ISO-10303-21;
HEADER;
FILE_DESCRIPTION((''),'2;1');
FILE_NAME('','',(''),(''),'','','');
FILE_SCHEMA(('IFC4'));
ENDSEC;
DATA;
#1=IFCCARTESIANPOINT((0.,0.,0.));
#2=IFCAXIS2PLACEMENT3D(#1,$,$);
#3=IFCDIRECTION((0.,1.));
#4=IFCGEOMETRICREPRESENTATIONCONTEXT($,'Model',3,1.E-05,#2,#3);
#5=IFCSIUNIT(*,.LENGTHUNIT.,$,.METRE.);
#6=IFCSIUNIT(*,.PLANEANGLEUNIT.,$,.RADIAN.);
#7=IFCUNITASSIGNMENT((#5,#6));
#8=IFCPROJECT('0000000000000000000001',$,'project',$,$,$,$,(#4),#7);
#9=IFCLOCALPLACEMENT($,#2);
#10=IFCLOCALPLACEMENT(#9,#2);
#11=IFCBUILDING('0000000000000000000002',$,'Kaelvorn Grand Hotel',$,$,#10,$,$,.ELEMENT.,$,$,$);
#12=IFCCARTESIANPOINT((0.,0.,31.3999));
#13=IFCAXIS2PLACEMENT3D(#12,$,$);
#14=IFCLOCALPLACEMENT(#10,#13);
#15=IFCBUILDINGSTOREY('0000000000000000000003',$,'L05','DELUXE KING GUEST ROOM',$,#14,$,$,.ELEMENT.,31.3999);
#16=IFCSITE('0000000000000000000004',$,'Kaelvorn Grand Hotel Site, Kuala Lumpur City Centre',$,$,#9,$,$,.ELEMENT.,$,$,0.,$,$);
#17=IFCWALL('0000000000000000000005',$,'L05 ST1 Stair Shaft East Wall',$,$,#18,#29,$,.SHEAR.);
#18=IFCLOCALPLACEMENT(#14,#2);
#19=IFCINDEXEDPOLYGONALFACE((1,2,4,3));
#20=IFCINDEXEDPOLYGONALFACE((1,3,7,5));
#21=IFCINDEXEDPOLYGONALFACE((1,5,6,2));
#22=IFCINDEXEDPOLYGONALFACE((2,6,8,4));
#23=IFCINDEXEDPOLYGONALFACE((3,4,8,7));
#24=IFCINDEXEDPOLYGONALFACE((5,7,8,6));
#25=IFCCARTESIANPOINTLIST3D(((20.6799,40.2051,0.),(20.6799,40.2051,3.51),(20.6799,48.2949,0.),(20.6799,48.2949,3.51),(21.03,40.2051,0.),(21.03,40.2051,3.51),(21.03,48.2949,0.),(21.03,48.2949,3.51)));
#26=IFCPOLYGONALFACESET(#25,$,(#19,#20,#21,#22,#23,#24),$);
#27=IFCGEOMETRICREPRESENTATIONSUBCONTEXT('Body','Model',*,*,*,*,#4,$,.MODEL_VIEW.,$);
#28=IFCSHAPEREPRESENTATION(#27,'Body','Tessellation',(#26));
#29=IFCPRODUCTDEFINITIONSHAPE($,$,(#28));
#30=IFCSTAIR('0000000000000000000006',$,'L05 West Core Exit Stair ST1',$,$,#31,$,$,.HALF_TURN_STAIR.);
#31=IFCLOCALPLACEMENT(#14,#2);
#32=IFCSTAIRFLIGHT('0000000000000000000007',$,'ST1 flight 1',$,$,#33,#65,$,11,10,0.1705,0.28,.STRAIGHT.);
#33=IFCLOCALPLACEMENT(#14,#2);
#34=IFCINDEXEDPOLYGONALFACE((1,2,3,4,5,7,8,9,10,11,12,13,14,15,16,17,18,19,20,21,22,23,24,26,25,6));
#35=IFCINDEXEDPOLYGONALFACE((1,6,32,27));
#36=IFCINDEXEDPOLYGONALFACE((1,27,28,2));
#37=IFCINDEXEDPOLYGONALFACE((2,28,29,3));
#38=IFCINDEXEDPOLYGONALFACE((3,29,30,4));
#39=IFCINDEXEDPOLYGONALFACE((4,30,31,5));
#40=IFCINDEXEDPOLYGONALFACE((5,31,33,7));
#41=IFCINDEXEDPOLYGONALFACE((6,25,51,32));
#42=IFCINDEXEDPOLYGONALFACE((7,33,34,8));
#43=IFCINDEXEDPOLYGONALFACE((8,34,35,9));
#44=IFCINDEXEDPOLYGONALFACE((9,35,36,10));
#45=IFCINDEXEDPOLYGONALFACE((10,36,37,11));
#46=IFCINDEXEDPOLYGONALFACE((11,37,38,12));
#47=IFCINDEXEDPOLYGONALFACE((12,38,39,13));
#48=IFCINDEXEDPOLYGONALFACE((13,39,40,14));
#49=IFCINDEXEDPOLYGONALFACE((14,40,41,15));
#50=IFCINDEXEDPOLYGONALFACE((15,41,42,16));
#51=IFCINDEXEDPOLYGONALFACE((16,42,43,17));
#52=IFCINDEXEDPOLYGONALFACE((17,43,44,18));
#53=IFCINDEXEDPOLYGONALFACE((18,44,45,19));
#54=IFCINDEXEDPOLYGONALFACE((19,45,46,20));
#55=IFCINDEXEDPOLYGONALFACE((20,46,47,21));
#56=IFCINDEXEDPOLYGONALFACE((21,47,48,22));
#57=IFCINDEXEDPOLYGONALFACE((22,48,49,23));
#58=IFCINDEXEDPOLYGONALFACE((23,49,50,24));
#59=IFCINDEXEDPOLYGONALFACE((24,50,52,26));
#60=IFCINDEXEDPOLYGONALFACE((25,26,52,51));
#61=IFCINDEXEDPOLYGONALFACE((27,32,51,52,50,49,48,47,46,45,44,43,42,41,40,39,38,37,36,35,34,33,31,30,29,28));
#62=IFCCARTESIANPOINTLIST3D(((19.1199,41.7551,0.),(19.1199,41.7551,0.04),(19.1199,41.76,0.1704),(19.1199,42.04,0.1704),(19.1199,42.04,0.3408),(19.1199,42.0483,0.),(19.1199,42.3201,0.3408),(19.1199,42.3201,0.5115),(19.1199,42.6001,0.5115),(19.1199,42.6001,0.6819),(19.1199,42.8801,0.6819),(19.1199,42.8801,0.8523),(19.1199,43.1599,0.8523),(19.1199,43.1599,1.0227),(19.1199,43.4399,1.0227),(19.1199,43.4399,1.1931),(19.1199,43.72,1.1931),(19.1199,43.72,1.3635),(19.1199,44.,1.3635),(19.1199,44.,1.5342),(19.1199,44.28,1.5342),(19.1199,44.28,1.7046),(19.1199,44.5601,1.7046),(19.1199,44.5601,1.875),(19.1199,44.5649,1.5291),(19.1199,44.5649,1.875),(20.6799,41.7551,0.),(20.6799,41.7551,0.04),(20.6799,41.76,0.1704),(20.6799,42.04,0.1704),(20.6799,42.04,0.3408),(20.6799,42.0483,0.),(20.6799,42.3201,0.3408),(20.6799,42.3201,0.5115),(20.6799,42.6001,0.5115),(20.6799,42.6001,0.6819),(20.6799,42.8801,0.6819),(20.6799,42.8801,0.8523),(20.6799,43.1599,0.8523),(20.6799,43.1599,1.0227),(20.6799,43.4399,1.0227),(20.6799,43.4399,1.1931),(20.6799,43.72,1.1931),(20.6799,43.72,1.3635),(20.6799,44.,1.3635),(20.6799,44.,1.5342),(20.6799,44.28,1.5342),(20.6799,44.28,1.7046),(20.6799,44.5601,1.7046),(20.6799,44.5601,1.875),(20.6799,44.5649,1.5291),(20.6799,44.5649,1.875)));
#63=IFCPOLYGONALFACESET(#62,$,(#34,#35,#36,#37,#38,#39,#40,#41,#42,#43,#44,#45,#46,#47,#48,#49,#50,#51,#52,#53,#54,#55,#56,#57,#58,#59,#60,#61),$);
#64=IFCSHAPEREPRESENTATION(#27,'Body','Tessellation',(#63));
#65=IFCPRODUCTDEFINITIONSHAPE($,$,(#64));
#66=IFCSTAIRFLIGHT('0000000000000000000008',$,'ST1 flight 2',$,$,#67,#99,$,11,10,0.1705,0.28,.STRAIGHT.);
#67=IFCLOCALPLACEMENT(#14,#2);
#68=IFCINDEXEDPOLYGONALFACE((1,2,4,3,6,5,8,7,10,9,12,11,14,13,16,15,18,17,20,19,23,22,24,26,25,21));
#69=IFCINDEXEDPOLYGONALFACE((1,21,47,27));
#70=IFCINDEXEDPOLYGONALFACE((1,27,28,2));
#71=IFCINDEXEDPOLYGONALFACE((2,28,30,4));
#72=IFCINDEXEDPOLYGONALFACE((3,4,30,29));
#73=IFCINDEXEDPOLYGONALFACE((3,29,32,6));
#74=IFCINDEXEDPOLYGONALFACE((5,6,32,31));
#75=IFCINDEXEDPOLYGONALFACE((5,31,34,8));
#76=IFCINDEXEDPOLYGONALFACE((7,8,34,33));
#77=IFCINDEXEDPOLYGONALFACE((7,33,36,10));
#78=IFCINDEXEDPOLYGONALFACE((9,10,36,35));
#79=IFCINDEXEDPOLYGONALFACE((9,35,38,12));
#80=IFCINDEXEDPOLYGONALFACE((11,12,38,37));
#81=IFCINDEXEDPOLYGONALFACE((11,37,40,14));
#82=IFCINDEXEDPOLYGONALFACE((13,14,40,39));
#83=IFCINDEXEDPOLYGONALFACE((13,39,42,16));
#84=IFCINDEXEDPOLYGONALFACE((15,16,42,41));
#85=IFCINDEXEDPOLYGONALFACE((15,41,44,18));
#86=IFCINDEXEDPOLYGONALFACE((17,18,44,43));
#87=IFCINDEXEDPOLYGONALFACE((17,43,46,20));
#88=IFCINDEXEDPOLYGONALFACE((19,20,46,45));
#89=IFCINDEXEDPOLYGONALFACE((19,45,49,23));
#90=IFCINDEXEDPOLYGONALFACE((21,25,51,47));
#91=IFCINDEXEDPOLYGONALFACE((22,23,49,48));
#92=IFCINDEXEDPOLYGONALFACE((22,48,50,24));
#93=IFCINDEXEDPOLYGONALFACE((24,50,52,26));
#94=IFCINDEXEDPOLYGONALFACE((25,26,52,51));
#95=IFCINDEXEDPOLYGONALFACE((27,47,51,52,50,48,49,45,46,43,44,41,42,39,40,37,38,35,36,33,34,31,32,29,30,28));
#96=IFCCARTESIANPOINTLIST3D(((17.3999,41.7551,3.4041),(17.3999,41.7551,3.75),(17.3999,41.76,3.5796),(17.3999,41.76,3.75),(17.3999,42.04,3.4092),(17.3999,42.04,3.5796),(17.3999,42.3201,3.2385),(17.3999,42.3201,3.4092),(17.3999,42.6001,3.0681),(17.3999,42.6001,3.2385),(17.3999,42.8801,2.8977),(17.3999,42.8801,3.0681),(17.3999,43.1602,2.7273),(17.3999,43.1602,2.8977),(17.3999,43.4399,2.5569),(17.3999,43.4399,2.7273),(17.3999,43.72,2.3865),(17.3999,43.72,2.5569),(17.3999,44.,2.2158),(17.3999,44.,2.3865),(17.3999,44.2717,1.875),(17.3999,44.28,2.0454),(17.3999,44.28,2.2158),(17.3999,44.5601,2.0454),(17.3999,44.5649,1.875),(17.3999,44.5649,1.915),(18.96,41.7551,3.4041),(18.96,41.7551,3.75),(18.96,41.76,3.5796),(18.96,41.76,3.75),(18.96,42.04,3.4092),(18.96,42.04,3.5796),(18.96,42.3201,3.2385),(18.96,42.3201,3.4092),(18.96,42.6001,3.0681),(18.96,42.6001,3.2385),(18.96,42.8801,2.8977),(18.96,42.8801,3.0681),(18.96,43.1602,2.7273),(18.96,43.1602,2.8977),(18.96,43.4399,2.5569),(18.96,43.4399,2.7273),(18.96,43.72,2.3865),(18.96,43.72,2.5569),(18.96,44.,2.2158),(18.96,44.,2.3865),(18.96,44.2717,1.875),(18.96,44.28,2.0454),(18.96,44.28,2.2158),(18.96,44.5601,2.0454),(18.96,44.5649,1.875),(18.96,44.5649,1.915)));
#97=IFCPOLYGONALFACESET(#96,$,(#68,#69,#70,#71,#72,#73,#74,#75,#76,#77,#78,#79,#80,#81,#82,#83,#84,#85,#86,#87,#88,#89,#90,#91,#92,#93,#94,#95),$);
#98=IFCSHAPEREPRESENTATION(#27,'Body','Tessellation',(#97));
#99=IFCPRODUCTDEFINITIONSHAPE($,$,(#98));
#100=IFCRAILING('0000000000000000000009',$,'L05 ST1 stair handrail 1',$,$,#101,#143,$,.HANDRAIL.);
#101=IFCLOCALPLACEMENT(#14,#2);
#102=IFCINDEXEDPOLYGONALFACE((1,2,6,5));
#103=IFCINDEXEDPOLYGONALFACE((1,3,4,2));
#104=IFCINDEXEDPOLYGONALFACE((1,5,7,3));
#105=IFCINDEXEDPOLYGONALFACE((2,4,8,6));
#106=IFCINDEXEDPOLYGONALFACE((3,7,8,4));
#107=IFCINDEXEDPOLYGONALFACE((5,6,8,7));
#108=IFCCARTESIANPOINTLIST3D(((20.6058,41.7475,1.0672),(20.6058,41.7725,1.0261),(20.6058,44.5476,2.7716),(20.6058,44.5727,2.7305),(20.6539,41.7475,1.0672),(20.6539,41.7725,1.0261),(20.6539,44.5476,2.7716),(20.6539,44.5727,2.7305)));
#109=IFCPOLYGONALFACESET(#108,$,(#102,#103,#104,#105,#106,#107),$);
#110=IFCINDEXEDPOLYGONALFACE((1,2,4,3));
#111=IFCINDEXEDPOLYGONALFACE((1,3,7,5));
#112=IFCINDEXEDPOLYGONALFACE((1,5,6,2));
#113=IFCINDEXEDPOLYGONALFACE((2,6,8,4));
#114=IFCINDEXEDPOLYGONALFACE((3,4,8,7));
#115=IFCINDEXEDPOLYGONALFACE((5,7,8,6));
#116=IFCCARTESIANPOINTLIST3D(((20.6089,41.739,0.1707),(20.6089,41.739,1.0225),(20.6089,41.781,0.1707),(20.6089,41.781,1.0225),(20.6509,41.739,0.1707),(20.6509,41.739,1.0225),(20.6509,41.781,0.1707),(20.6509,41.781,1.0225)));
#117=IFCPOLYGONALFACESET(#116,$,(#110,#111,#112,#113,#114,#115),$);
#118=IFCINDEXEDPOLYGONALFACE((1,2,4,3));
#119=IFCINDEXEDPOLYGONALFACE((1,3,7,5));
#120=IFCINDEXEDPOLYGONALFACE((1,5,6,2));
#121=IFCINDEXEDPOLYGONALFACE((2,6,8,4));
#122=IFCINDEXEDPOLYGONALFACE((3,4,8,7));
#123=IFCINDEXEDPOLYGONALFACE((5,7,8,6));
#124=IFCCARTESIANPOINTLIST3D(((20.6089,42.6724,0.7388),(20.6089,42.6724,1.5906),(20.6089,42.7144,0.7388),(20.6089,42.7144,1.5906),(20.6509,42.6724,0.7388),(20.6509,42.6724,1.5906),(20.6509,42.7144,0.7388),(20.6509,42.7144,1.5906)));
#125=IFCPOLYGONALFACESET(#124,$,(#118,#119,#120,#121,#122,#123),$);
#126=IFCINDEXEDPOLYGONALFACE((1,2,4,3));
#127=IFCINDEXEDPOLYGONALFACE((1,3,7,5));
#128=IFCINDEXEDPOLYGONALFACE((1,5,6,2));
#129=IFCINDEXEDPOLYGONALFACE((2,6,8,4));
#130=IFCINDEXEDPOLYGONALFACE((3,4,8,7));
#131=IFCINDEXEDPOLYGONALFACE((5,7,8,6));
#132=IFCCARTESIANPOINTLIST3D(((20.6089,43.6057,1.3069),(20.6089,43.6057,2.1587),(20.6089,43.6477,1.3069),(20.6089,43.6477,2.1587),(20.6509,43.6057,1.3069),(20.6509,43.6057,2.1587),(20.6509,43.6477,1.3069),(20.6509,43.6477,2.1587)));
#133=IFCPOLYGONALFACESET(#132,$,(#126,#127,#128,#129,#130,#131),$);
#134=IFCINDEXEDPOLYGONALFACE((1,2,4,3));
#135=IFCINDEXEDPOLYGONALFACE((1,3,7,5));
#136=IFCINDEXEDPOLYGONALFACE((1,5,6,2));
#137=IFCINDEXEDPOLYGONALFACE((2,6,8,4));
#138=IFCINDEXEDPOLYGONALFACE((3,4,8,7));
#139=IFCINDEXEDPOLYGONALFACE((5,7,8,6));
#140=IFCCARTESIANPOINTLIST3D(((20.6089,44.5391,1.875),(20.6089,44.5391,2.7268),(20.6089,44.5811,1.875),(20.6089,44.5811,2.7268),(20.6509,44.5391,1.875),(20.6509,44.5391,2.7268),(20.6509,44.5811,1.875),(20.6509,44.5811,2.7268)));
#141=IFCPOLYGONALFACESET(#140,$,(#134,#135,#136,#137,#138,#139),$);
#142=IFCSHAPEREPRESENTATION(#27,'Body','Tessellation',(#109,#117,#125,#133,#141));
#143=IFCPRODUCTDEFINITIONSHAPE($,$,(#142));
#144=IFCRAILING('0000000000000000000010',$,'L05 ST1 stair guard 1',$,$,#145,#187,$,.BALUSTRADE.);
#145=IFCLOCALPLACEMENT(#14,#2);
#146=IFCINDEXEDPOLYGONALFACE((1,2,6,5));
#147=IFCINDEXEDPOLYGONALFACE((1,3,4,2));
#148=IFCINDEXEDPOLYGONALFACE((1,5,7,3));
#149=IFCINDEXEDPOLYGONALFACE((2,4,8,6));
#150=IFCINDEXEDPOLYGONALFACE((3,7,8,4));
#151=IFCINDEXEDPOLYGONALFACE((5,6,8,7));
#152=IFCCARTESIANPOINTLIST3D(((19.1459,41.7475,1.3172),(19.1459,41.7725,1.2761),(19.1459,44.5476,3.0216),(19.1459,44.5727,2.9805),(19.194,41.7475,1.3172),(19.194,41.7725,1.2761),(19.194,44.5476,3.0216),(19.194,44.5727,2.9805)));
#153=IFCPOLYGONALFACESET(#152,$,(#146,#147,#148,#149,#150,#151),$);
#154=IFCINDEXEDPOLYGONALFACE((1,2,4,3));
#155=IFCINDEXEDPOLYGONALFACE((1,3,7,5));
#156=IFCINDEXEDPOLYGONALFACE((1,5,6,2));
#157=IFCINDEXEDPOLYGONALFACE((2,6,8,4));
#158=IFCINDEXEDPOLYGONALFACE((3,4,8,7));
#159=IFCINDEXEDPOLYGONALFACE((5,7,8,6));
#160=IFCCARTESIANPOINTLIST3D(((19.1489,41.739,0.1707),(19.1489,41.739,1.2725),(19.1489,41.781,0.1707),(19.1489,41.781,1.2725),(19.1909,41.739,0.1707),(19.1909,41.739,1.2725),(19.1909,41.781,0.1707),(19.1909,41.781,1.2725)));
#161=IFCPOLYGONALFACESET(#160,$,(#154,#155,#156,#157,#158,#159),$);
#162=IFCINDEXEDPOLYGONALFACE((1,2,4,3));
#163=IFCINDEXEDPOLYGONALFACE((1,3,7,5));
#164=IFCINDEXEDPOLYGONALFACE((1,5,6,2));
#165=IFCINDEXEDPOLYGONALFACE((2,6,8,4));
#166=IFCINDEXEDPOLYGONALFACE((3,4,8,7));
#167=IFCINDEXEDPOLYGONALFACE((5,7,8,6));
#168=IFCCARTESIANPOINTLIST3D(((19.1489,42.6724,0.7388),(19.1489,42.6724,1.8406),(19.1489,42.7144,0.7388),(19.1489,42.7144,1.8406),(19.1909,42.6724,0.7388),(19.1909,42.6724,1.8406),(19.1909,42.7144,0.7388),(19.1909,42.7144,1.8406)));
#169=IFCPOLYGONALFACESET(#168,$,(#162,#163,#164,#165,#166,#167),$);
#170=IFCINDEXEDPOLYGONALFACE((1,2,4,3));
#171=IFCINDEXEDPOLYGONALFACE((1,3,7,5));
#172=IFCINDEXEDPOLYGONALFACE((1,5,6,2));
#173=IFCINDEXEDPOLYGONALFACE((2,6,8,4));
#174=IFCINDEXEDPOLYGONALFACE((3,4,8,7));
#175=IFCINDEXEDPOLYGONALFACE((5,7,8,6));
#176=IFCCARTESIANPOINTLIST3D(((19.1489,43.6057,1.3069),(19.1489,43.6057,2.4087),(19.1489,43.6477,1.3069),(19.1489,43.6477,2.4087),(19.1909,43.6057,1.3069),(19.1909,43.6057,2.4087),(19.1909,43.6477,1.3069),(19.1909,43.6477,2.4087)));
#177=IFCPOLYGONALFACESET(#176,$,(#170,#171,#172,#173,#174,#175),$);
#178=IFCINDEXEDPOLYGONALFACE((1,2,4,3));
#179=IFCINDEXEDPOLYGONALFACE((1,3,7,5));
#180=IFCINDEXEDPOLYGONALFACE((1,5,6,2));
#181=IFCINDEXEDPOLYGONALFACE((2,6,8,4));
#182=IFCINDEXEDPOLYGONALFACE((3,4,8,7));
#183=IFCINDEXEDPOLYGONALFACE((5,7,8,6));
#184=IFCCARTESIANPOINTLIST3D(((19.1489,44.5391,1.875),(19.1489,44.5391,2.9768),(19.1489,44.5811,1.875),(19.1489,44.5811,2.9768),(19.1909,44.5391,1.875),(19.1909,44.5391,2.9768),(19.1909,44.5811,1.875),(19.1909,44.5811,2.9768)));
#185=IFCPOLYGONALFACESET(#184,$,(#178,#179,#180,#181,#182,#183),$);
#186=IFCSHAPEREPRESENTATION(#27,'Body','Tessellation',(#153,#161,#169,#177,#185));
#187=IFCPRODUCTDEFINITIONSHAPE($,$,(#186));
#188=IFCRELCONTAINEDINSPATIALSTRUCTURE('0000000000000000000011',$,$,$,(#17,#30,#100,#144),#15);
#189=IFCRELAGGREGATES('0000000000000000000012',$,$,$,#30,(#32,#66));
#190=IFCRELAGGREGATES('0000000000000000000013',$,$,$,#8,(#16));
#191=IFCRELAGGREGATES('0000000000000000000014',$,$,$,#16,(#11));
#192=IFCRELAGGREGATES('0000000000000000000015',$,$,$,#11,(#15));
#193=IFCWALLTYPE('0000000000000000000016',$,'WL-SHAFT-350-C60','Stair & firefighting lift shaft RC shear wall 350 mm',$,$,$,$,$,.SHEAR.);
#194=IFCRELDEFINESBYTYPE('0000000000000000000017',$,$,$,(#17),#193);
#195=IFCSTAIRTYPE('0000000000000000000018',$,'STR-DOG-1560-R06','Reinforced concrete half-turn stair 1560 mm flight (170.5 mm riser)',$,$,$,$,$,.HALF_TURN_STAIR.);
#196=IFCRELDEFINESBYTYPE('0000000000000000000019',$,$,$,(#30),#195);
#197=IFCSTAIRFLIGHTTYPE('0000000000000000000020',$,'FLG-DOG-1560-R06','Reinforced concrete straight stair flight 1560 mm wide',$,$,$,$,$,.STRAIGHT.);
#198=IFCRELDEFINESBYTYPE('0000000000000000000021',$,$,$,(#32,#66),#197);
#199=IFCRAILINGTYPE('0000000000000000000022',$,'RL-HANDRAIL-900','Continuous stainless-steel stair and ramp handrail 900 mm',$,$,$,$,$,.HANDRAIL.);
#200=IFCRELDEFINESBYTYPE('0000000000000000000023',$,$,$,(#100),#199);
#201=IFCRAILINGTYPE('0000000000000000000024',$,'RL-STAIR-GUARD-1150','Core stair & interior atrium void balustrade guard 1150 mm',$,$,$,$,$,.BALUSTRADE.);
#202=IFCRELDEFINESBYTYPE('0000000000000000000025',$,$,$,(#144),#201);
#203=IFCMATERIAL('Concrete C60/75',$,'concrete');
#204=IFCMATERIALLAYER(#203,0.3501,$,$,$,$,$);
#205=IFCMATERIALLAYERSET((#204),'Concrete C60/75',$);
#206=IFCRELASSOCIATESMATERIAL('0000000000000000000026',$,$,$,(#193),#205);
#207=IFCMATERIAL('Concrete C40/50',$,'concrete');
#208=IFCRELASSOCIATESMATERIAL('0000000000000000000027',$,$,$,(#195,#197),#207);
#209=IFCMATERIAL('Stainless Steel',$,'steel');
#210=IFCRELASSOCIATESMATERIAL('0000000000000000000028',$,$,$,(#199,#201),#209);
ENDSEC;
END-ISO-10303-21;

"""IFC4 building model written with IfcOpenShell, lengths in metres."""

from ifc_helpers import new_model, si_unit, direction, frame, frame_2d, origin, origin_2d, place, context, subcontext, project, spatial, polyline, rectangle, outline, extrude, material, layer, layer_set, type_object, element, aggregate, save


model = new_model("IFC4")

# Units and contexts
model_context = context("Model", 3, precision=1e-05, world=origin(), true_north=direction((0.0, 1.0)))
body_context = subcontext(model_context, "Body", "Model", "MODEL_VIEW")
ifc_project = project(units=[si_unit("LENGTHUNIT", "METRE"), si_unit("PLANEANGLEUNIT", "RADIAN")], contexts=[model_context])

# Site, building, storey
site_placement = place(None, origin())
site = spatial("IfcSite", under=ifc_project, at=site_placement, Name="Kaelvorn Grand Hotel Site, Kuala Lumpur City Centre", CompositionType="ELEMENT", RefElevation=0.0)
building_placement = place(site_placement, origin())
building = spatial("IfcBuilding", under=site, at=building_placement, Name="Kaelvorn Grand Hotel", CompositionType="ELEMENT")
storey_placement = place(building_placement, frame((0.0, 0.0, 31.3999)))
storey = spatial("IfcBuildingStorey", under=building, at=storey_placement, Name="L05", Description="DELUXE KING GUEST ROOM", CompositionType="ELEMENT", Elevation=31.3999)

# Shared definitions
ifc_material_1 = material(Name="Concrete C40/50", Category="concrete")

# Shared definitions
ifc_material_2 = material(Name="Stainless Steel", Category="steel")

# Wall
ifc_material_3 = material(Name="Concrete C60/75", Category="concrete")
ifc_layer_1 = layer(ifc_material_3, 0.3501)
ifc_layer_set_1 = layer_set([ifc_layer_1], Name="Concrete C60/75")
wall_type_1 = type_object("IfcWallType", Name="WL-SHAFT-350-C60", Description="Stair & firefighting lift shaft RC shear wall 350 mm", PredefinedType="SHEAR", material=ifc_layer_set_1)
wall_1_placement = place(storey_placement, frame((20.855, 40.2051, 0.0), z_axis=(0.0, 0.0, 1.0), x_axis=(0.0, 1.0, 0.0)))
element("IfcWall", 1, at=wall_1_placement, inside=storey, type_object=wall_type_1, Name="L05 ST1 Stair Shaft East Wall", PredefinedType="SHEAR", context=body_context, shape_type="SweptSolid", body=[
    extrude(rectangle(XDim=8.0898, YDim=0.3501, at=frame_2d((4.0449, 0.0))), origin(), (0.0, 0.0, 1.0), 3.51),
])

# Stair, stair flights
stair_type = type_object("IfcStairType", Name="STR-DOG-1560-R06", Description="Reinforced concrete half-turn stair 1560 mm flight (170.5 mm riser)", PredefinedType="HALF_TURN_STAIR", material=ifc_material_1)
stair_placement = place(storey_placement, origin())
stair = element("IfcStair", 2, at=stair_placement, inside=storey, type_object=stair_type, Name="L05 West Core Exit Stair ST1", PredefinedType="HALF_TURN_STAIR")
stair_flight_type = type_object("IfcStairFlightType", Name="FLG-DOG-1560-R06", Description="Reinforced concrete straight stair flight 1560 mm wide", PredefinedType="STRAIGHT", material=ifc_material_1)
stair_flight_1_placement = place(storey_placement, frame((19.8999, 41.76, 0.0), z_axis=(0.0, 0.0, 1.0), x_axis=(0.0, 1.0, 0.0)))
stair_flight_1 = element("IfcStairFlight", 3, at=stair_flight_1_placement, type_object=stair_flight_type, Name="ST1 flight 1", NumberOfRisers=11, NumberOfTreads=10, PredefinedType="STRAIGHT", RiserHeight=0.1705, TreadLength=0.28, context=body_context, shape_type="SweptSolid", body=[
    extrude(outline(polyline([(-0.0049, 0.0), (-0.0049, 0.04), (0.0, 0.1704), (0.28, 0.1704), (0.28, 0.3408), (0.5601, 0.3408), (0.5601, 0.5115), (0.8401, 0.5115), (0.8401, 0.6819), (1.1201, 0.6819), (1.1201, 0.8523), (1.3999, 0.8523), (1.3999, 1.0227), (1.6799, 1.0227), (1.6799, 1.1931), (1.96, 1.1931), (1.96, 1.3635), (2.24, 1.3635), (2.24, 1.5342), (2.52, 1.5342), (2.52, 1.7046), (2.8, 1.7046), (2.8, 1.875), (2.8049, 1.875), (2.8049, 1.5291), (0.2883, 0.0), (-0.0049, 0.0)])), frame((0.0, 0.78, 0.0), z_axis=(0.0, -1.0, 0.0), x_axis=(1.0, 0.0, 0.0)), (0.0, 0.0, 1.0), 1.5601),
])
stair_flight_2_placement = place(storey_placement, frame((18.1799, 44.5601, 1.875), z_axis=(0.0, 0.0, 1.0), x_axis=(0.0, -1.0, 0.0)))
stair_flight_2 = element("IfcStairFlight", 4, at=stair_flight_2_placement, type_object=stair_flight_type, Name="ST1 flight 2", NumberOfRisers=11, NumberOfTreads=10, PredefinedType="STRAIGHT", RiserHeight=0.1705, TreadLength=0.28, context=body_context, shape_type="SweptSolid", body=[
    extrude(outline(polyline([(-0.0049, 0.0), (-0.0049, 0.04), (0.0, 0.1704), (0.28, 0.1704), (0.28, 0.3408), (0.5601, 0.3408), (0.5601, 0.5115), (0.8401, 0.5115), (0.8401, 0.6819), (1.1201, 0.6819), (1.1201, 0.8523), (1.3999, 0.8523), (1.3999, 1.0227), (1.6799, 1.0227), (1.6799, 1.1931), (1.96, 1.1931), (1.96, 1.3635), (2.24, 1.3635), (2.24, 1.5342), (2.52, 1.5342), (2.52, 1.7046), (2.8, 1.7046), (2.8, 1.875), (2.8049, 1.875), (2.8049, 1.5291), (0.2883, 0.0), (-0.0049, 0.0)])), frame((0.0, 0.78, 0.0), z_axis=(0.0, -1.0, 0.0), x_axis=(1.0, 0.0, 0.0)), (0.0, 0.0, 1.0), 1.5601),
])
aggregate(stair, [stair_flight_1, stair_flight_2])

# Railings
railing_type_1 = type_object("IfcRailingType", Name="RL-HANDRAIL-900", Description="Continuous stainless-steel stair and ramp handrail 900 mm", PredefinedType="HANDRAIL", material=ifc_material_2)
railing_1_placement = place(storey_placement, frame((20.6299, 41.76, 0.1707)))
element("IfcRailing", 5, at=railing_1_placement, inside=storey, type_object=railing_type_1, Name="L05 ST1 stair handrail 1", PredefinedType="HANDRAIL", context=body_context, shape_type="SweptSolid", body=[
    extrude(rectangle(XDim=0.0481, YDim=0.0481, at=origin_2d()), frame((0.0, 0.0, 0.876), z_axis=(0.0, 0.854203, 0.51994), x_axis=(-1.0, 0.0, 0.0)), (0.0, 0.0, 1.0), 3.2781),
    extrude(rectangle(XDim=0.042, YDim=0.042, at=origin_2d()), origin(), (0.0, 0.0, 1.0), 0.8518),
    extrude(rectangle(XDim=0.042, YDim=0.042, at=origin_2d()), frame((0.0, 0.9333, 0.5681)), (0.0, 0.0, 1.0), 0.8518),
    extrude(rectangle(XDim=0.042, YDim=0.042, at=origin_2d()), frame((0.0, 1.8667, 1.1362)), (0.0, 0.0, 1.0), 0.8518),
    extrude(rectangle(XDim=0.042, YDim=0.042, at=origin_2d()), frame((0.0, 2.8, 1.7043)), (0.0, 0.0, 1.0), 0.8518),
])
railing_type_2 = type_object("IfcRailingType", Name="RL-STAIR-GUARD-1150", Description="Core stair & interior atrium void balustrade guard 1150 mm", PredefinedType="BALUSTRADE", material=ifc_material_2)
railing_2_placement = place(storey_placement, frame((19.1699, 41.76, 0.1707)))
element("IfcRailing", 6, at=railing_2_placement, inside=storey, type_object=railing_type_2, Name="L05 ST1 stair guard 1", PredefinedType="BALUSTRADE", context=body_context, shape_type="SweptSolid", body=[
    extrude(rectangle(XDim=0.0481, YDim=0.0481, at=origin_2d()), frame((0.0, 0.0, 1.126), z_axis=(0.0, 0.854203, 0.51994), x_axis=(-1.0, 0.0, 0.0)), (0.0, 0.0, 1.0), 3.2781),
    extrude(rectangle(XDim=0.042, YDim=0.042, at=origin_2d()), origin(), (0.0, 0.0, 1.0), 1.1018),
    extrude(rectangle(XDim=0.042, YDim=0.042, at=origin_2d()), frame((0.0, 0.9333, 0.5681)), (0.0, 0.0, 1.0), 1.1018),
    extrude(rectangle(XDim=0.042, YDim=0.042, at=origin_2d()), frame((0.0, 1.8667, 1.1362)), (0.0, 0.0, 1.0), 1.1018),
    extrude(rectangle(XDim=0.042, YDim=0.042, at=origin_2d()), frame((0.0, 2.8, 1.7043)), (0.0, 0.0, 1.0), 1.1018),
])

save(model, "model.ifc")
